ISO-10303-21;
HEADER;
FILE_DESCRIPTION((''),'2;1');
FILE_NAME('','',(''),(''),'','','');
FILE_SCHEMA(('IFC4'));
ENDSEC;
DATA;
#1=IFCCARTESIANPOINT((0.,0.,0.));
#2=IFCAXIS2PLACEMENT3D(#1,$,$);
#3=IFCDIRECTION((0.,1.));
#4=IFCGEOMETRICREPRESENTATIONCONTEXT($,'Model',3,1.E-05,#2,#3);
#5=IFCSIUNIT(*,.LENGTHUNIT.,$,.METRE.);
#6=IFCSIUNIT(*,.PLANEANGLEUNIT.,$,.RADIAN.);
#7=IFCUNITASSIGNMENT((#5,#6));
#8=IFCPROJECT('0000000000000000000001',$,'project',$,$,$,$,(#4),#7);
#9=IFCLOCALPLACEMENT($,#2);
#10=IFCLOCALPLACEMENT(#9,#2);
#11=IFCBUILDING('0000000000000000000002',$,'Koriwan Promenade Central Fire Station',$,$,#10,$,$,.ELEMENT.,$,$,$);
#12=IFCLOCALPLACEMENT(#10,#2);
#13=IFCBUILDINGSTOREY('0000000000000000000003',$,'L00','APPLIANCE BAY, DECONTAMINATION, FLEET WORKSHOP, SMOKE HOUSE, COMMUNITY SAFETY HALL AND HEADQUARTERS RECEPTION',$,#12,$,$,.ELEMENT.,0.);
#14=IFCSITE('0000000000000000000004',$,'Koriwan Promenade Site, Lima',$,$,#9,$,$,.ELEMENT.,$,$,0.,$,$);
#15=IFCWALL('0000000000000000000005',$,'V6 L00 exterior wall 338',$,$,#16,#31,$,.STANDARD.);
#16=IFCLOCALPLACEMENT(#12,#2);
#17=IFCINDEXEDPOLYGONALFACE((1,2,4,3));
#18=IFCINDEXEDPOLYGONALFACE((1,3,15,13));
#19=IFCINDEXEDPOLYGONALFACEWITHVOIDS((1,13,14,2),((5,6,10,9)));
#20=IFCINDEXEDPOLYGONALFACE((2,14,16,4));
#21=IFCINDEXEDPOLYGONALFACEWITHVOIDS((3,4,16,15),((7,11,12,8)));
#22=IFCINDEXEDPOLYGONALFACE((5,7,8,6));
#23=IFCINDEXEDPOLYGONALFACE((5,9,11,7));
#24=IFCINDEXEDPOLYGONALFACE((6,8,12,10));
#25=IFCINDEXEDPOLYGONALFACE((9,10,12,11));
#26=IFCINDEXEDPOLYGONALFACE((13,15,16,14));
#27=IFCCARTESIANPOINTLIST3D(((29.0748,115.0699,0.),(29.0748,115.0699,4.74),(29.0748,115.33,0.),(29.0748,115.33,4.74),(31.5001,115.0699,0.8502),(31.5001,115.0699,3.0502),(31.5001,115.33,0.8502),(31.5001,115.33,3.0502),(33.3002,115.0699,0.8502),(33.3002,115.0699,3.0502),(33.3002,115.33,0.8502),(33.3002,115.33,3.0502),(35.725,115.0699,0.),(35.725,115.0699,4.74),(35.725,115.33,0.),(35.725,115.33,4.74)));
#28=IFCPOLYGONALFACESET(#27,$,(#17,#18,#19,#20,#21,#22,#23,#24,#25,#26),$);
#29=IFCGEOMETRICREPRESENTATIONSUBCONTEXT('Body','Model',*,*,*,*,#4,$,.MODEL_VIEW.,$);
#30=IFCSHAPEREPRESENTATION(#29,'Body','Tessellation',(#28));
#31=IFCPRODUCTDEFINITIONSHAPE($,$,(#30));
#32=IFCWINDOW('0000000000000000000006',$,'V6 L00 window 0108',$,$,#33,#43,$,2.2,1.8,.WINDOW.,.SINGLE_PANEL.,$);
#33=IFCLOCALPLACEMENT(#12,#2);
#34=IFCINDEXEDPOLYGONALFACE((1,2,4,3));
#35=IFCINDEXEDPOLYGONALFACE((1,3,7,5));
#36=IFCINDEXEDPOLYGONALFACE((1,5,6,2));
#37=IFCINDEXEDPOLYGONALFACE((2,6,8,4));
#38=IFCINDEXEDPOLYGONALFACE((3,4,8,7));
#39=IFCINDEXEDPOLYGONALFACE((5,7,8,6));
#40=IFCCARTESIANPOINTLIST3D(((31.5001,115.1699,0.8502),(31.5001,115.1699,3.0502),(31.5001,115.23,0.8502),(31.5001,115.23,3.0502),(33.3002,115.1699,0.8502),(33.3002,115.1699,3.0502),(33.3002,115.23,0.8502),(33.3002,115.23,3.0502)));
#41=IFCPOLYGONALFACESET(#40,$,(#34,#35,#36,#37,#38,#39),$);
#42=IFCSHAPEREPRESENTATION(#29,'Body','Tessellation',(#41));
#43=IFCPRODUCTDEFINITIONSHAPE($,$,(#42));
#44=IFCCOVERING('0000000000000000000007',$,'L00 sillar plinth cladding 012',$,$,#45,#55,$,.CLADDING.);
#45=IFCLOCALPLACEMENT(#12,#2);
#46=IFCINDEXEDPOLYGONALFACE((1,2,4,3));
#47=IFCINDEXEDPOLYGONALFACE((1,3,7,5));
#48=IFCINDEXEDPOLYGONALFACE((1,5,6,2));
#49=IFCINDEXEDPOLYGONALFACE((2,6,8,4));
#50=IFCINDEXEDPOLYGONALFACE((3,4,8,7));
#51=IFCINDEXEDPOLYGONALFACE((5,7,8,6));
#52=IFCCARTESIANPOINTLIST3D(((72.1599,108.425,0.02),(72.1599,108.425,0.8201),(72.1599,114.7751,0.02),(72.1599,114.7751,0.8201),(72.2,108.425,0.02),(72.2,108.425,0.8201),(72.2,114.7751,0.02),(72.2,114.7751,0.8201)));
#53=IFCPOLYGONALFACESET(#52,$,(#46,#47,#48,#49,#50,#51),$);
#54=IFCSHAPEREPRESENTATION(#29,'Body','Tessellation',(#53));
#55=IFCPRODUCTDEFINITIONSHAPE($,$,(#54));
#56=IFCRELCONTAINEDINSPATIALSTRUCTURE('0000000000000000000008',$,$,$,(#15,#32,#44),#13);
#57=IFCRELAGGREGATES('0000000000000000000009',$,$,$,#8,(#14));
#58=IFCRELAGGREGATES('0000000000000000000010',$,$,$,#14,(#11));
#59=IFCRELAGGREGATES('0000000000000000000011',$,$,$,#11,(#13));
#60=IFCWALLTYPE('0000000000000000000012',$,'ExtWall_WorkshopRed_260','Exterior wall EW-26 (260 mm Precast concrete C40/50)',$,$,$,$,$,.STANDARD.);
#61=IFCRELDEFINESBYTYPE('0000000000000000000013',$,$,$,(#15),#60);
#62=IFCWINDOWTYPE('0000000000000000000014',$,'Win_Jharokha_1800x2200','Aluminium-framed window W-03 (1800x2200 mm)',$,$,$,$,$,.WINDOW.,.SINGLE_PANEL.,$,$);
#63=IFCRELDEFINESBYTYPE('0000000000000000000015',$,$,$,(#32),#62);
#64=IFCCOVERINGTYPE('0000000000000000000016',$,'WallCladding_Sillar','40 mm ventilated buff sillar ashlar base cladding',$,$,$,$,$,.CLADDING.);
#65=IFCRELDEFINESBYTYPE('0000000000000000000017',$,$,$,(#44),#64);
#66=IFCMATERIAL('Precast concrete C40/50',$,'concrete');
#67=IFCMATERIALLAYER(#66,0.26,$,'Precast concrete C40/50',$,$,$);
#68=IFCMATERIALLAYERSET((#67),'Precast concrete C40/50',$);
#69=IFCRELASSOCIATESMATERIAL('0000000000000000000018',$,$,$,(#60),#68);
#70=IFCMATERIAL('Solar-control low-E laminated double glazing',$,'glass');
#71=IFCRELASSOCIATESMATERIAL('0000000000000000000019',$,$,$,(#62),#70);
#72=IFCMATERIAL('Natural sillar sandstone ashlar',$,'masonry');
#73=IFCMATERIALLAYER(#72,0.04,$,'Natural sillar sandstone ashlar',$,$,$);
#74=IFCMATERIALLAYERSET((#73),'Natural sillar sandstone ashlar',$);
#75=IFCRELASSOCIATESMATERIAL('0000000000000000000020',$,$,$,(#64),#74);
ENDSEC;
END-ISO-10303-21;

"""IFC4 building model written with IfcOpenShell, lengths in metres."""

from ifc_helpers import new_model, si_unit, direction, frame, frame_2d, origin, origin_2d, place, context, subcontext, project, spatial, rectangle, extrude, material, layer, layer_set, type_object, element, fill, save


model = new_model("IFC4")

# Units and contexts
model_context = context("Model", 3, precision=1e-05, world=origin(), true_north=direction((0.0, 1.0)))
body_context = subcontext(model_context, "Body", "Model", "MODEL_VIEW")
ifc_project = project(units=[si_unit("LENGTHUNIT", "METRE"), si_unit("PLANEANGLEUNIT", "RADIAN")], contexts=[model_context])

# Site, building, storey
site_placement = place(None, origin())
site = spatial("IfcSite", under=ifc_project, at=site_placement, Name="Koriwan Promenade Site, Lima", CompositionType="ELEMENT", RefElevation=0.0)
building_placement = place(site_placement, origin())
building = spatial("IfcBuilding", under=site, at=building_placement, Name="Koriwan Promenade Central Fire Station", CompositionType="ELEMENT")
storey_placement = place(building_placement, origin())
storey = spatial("IfcBuildingStorey", under=building, at=storey_placement, Name="L00", Description="APPLIANCE BAY, DECONTAMINATION, FLEET WORKSHOP, SMOKE HOUSE, COMMUNITY SAFETY HALL AND HEADQUARTERS RECEPTION", CompositionType="ELEMENT", Elevation=0.0)

# Wall, opening, window
ifc_material_1 = material(Name="Precast concrete C40/50", Category="concrete")
ifc_material_2 = material(Name="Solar-control low-E laminated double glazing", Category="glass")
ifc_layer_1 = layer(ifc_material_1, 0.26, Name="Precast concrete C40/50")
ifc_layer_set_1 = layer_set([ifc_layer_1], Name="Precast concrete C40/50")
wall_type_1 = type_object("IfcWallType", Name="ExtWall_WorkshopRed_260", Description="Exterior wall EW-26 (260 mm Precast concrete C40/50)", PredefinedType="STANDARD", material=ifc_layer_set_1)
wall_1_placement = place(storey_placement, frame((35.7251, 115.2, 0.0), z_axis=(0.0, 0.0, 1.0), x_axis=(-1.0, 0.0, 0.0)))
wall_1 = element("IfcWall", 1, at=wall_1_placement, inside=storey, type_object=wall_type_1, Name="V6 L00 exterior wall 338", PredefinedType="STANDARD", context=body_context, shape_type="SweptSolid", body=[
    extrude(rectangle(XDim=6.6501, YDim=0.26, at=frame_2d((3.3252, 0.0))), origin(), (0.0, 0.0, 1.0), 4.74),
])
opening_1_placement = place(wall_1_placement, frame((2.425, 0.0, 0.8501)))
opening_1 = element("IfcOpeningElement", 2, at=opening_1_placement, cuts=wall_1, PredefinedType="OPENING", context=body_context, shape_type="SweptSolid", body=[
    extrude(rectangle(XDim=1.8, YDim=2.2, at=frame_2d((0.8999, 1.1001))), frame((0.0, 0.1421, 0.0), z_axis=(0.0, -1.0, 0.0), x_axis=(1.0, 0.0, 0.0)), (0.0, 0.0, 1.0), 0.2839),
])
window_type_1 = type_object("IfcWindowType", Name="Win_Jharokha_1800x2200", Description="Aluminium-framed window W-03 (1800x2200 mm)", PartitioningType="SINGLE_PANEL", PredefinedType="WINDOW", material=ifc_material_2)
window_1_placement = place(opening_1_placement, origin())
window_1 = element("IfcWindow", 3, at=window_1_placement, inside=storey, type_object=window_type_1, Name="V6 L00 window 0108", OverallHeight=2.2, OverallWidth=1.8, PartitioningType="SINGLE_PANEL", PredefinedType="WINDOW", context=body_context, shape_type="SweptSolid", body=[
    extrude(rectangle(XDim=1.8, YDim=2.2, at=frame_2d((0.8999, 1.1001))), frame((0.0, 0.03, 0.0), z_axis=(0.0, -1.0, 0.0), x_axis=(1.0, 0.0, 0.0)), (0.0, 0.0, 1.0), 0.0601),
])
fill(opening_1, window_1)

# Covering
ifc_material_3 = material(Name="Natural sillar sandstone ashlar", Category="masonry")
ifc_layer_2 = layer(ifc_material_3, 0.04, Name="Natural sillar sandstone ashlar")
ifc_layer_set_2 = layer_set([ifc_layer_2], Name="Natural sillar sandstone ashlar")
covering_type = type_object("IfcCoveringType", Name="WallCladding_Sillar", Description="40 mm ventilated buff sillar ashlar base cladding", PredefinedType="CLADDING", material=ifc_layer_set_2)
covering_placement = place(storey_placement, frame((72.1799, 111.6001, 0.02), z_axis=(0.0, 0.0, 1.0), x_axis=(0.0, -1.0, 0.0)))
element("IfcCovering", 4, at=covering_placement, inside=storey, type_object=covering_type, Name="L00 sillar plinth cladding 012", PredefinedType="CLADDING", context=body_context, shape_type="SweptSolid", body=[
    extrude(rectangle(XDim=6.3501, YDim=0.04, at=origin_2d()), origin(), (0.0, 0.0, 1.0), 0.8),
])

save(model, "model.ifc")
